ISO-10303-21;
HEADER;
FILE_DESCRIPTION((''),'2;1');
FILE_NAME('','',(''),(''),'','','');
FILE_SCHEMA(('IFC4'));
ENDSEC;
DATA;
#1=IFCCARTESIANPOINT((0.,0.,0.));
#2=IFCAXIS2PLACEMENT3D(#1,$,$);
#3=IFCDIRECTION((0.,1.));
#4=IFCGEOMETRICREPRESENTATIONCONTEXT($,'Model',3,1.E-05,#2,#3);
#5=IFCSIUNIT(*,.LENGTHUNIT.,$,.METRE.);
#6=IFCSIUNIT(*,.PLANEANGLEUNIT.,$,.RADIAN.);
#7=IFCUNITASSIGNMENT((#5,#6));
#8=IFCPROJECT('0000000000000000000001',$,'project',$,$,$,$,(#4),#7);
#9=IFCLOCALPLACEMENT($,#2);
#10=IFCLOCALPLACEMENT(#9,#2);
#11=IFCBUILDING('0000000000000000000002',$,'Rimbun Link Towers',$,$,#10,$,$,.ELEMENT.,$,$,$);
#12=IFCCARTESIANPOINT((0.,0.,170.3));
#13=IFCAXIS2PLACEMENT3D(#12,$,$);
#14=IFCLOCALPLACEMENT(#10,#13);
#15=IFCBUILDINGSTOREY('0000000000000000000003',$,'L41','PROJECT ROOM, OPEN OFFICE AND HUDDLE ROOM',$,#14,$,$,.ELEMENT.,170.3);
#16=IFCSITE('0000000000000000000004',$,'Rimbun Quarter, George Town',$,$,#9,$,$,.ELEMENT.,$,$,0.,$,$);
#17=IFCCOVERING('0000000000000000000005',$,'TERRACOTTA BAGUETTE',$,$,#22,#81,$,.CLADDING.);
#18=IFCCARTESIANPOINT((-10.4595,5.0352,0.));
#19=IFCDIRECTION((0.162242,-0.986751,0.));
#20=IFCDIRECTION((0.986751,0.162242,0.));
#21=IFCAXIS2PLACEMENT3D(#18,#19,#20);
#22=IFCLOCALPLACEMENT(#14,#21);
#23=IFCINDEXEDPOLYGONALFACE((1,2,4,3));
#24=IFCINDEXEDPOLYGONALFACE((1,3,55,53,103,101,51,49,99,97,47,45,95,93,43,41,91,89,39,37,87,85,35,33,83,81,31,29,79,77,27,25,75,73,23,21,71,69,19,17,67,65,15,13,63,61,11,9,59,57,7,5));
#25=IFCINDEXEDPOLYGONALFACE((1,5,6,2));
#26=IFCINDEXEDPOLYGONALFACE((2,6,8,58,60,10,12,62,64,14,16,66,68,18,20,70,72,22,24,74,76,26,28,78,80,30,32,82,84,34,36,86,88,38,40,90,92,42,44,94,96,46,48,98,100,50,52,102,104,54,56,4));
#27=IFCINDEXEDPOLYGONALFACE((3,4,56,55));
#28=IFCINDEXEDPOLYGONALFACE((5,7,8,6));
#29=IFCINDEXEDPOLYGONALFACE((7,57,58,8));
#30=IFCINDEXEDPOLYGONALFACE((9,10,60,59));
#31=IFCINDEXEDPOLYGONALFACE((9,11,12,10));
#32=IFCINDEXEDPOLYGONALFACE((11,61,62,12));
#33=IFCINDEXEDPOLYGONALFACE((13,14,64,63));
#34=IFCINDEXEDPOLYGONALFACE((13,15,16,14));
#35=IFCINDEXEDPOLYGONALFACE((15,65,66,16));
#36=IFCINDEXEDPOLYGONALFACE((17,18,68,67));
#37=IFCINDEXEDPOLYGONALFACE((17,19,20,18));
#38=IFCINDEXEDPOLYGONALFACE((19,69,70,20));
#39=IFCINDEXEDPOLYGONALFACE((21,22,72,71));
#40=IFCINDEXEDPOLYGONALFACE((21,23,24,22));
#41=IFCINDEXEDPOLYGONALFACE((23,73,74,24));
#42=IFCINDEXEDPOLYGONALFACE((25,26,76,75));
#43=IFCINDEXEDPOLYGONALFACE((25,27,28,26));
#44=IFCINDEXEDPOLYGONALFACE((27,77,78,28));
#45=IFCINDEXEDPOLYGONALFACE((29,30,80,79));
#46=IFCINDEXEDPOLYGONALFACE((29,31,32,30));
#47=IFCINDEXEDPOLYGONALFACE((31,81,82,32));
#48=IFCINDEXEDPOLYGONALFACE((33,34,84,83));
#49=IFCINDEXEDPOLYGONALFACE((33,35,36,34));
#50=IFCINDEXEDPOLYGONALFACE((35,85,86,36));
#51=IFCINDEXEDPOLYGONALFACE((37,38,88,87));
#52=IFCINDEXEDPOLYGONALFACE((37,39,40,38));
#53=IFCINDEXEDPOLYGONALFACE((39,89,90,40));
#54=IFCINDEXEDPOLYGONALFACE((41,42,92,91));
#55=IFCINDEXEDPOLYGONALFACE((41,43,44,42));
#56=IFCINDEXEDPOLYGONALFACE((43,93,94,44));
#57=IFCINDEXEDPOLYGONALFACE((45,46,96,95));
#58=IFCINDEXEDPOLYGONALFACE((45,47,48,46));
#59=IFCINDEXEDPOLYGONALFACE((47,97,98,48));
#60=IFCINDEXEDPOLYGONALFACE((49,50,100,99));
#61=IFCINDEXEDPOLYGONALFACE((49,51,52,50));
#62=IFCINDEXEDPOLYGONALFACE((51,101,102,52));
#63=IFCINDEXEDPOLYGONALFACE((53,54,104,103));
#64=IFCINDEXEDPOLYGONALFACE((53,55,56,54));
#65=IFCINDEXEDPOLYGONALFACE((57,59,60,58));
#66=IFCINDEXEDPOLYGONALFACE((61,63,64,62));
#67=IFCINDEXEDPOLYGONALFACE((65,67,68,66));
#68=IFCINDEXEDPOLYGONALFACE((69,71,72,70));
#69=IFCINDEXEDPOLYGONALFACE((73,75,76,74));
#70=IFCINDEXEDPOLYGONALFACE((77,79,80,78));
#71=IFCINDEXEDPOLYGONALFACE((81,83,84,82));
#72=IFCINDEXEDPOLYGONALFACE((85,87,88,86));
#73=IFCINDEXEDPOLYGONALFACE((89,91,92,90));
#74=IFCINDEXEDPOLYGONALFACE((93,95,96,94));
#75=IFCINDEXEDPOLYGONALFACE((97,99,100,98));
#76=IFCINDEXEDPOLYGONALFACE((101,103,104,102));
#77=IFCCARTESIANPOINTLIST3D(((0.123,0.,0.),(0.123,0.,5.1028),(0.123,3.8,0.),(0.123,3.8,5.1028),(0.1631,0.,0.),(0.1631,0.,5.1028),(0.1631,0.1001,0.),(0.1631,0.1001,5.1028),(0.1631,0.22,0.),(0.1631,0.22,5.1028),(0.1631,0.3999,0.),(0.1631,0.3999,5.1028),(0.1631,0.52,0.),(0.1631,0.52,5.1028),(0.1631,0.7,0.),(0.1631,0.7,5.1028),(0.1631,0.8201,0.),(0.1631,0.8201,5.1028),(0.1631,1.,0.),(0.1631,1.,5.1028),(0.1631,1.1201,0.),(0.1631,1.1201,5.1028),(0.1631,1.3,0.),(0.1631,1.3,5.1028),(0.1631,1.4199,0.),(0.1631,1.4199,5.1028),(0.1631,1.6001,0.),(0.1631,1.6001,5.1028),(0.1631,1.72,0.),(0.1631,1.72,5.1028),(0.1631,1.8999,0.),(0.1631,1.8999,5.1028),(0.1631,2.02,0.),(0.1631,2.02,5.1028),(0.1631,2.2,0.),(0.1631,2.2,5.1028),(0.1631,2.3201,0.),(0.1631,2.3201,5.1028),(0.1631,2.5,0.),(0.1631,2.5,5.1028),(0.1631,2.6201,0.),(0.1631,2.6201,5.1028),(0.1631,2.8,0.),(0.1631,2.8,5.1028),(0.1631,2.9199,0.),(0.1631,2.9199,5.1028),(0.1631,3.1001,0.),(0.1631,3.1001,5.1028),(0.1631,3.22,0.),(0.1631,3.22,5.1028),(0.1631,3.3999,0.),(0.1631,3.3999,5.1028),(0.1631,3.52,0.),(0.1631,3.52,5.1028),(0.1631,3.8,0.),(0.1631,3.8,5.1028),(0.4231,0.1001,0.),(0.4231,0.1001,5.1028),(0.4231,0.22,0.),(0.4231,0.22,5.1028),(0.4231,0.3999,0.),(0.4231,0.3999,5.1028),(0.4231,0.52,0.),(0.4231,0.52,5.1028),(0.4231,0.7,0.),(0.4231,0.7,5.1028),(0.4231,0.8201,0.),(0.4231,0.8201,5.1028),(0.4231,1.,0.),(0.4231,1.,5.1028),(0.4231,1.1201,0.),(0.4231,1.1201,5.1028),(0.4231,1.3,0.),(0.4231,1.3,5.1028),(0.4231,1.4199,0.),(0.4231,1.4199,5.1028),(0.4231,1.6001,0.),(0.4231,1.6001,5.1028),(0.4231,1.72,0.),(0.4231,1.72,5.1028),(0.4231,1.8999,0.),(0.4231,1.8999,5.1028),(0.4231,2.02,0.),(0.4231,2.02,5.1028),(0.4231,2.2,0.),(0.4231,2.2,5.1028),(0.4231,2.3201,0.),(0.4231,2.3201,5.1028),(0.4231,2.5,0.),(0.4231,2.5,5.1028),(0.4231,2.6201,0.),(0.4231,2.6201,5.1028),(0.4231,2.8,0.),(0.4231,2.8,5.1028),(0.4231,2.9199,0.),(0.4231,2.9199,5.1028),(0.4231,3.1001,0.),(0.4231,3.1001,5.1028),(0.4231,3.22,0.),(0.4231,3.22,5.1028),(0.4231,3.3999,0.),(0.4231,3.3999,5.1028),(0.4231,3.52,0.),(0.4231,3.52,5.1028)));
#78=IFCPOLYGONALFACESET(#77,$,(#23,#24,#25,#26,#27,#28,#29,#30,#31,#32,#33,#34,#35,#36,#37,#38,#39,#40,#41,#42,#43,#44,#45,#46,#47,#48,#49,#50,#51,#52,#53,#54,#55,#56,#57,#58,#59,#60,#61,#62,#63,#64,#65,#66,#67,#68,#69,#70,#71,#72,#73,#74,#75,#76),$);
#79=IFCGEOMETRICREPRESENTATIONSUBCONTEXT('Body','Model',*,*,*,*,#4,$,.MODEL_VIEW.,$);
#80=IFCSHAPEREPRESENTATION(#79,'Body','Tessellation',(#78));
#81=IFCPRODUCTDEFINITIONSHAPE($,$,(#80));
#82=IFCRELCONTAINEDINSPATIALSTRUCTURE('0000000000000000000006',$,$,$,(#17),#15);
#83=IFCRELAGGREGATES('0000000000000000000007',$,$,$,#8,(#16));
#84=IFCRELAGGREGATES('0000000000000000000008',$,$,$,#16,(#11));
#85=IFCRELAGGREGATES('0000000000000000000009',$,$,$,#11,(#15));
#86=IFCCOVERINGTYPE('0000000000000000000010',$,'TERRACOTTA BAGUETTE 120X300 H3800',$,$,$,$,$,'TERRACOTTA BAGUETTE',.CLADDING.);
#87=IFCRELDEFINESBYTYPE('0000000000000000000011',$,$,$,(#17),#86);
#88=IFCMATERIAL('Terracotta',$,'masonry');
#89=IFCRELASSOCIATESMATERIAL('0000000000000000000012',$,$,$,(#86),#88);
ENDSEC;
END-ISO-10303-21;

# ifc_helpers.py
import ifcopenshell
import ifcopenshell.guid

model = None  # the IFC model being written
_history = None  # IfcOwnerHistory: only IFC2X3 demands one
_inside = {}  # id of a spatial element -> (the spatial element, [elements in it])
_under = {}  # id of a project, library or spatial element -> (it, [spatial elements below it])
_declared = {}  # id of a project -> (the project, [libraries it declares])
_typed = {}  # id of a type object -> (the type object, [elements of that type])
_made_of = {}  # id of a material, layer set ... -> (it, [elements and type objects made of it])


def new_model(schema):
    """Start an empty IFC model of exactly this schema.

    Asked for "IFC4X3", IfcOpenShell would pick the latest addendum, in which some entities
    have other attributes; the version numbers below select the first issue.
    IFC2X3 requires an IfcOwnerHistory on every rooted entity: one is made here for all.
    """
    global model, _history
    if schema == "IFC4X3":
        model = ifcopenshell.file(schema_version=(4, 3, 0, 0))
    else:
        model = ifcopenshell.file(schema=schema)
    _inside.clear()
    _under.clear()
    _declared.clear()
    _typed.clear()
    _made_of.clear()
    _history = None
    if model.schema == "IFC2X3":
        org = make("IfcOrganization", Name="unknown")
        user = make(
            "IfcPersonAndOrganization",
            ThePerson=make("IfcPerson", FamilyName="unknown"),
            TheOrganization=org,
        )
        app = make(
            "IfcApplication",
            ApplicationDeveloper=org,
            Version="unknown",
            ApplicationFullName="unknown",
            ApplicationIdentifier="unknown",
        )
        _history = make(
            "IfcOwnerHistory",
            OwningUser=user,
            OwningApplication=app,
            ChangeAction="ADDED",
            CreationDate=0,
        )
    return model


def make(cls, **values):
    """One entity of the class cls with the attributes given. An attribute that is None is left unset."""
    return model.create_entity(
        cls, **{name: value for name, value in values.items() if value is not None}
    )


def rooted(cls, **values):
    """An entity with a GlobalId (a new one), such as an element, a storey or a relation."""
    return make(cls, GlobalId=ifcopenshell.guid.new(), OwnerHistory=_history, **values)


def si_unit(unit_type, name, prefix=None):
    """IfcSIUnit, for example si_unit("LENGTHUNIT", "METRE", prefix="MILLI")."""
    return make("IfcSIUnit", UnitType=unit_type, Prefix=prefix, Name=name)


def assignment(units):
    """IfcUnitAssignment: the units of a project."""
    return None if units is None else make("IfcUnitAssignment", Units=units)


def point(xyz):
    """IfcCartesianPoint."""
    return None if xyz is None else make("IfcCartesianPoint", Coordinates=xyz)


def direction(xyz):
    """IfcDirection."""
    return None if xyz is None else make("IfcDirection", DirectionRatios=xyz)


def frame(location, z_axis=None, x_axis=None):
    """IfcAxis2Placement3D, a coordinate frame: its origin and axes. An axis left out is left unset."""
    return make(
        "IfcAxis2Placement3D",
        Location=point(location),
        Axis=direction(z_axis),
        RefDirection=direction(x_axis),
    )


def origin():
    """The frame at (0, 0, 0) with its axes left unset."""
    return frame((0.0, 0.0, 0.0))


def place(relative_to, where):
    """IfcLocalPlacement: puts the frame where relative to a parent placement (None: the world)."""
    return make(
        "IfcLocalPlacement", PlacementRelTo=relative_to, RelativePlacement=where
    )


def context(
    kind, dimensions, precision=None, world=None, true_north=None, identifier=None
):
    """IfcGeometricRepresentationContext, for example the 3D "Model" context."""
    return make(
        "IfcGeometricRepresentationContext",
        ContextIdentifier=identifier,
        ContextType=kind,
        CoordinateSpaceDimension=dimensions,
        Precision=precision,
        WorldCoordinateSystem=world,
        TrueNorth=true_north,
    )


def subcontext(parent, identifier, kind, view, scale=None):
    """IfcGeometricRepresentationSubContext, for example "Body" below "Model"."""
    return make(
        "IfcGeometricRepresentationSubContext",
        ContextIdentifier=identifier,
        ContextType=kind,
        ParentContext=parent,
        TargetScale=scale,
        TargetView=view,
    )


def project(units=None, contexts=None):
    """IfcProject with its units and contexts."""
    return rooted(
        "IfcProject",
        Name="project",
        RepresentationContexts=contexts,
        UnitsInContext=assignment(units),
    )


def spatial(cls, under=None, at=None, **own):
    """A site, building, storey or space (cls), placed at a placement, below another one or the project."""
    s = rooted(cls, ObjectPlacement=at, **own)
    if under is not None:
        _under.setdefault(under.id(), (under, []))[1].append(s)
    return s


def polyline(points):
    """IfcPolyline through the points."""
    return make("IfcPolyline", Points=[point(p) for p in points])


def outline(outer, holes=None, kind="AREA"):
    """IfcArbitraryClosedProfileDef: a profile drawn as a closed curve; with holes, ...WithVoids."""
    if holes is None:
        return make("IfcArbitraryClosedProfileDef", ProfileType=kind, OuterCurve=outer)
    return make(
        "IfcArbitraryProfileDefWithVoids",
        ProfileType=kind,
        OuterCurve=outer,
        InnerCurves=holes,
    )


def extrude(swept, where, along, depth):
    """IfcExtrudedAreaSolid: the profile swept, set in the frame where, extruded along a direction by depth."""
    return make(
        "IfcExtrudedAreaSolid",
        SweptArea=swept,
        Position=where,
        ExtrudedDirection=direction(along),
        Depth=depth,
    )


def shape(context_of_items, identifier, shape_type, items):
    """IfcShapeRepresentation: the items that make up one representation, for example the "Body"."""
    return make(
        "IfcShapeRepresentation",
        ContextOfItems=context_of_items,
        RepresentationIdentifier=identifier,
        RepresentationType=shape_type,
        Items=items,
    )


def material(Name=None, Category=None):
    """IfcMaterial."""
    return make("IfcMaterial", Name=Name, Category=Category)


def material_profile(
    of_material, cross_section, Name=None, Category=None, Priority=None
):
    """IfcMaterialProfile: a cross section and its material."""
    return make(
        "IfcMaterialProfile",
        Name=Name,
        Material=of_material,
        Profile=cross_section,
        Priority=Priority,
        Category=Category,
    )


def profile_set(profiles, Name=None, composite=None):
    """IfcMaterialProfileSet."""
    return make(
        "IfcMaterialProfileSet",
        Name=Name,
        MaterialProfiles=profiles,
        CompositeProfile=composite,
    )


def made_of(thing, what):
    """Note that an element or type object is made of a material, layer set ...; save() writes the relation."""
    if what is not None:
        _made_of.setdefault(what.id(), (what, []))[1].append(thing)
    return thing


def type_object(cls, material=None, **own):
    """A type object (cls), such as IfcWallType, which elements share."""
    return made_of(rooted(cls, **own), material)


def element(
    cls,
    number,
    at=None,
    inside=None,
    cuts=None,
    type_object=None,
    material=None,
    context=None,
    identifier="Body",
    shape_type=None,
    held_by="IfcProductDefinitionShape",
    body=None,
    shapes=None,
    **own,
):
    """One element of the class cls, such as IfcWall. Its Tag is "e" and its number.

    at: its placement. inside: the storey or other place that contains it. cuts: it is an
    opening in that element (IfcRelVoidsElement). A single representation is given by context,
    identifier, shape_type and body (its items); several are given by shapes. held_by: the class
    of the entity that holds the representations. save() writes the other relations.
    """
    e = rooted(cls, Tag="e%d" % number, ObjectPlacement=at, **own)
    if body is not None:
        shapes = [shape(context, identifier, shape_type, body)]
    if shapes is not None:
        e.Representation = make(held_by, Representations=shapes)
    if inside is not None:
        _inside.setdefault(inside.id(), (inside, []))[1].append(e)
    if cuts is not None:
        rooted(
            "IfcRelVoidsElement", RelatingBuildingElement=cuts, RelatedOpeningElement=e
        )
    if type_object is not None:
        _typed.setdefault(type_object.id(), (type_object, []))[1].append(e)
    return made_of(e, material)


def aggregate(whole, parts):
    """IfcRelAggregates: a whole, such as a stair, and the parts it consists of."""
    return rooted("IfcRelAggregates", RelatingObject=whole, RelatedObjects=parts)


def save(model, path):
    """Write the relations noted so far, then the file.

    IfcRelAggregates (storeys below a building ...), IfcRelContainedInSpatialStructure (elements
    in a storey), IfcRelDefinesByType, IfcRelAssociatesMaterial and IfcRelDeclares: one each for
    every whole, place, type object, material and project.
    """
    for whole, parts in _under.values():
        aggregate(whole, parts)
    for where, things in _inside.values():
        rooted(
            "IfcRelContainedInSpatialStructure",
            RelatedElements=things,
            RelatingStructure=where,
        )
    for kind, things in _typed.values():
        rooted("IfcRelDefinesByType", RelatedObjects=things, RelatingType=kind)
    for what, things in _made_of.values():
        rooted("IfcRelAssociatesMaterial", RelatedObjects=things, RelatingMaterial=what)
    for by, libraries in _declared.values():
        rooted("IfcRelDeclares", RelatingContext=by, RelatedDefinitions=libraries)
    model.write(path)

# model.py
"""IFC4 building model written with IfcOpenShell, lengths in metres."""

from ifc_helpers import new_model, si_unit, direction, frame, origin, place, context, subcontext, project, spatial, polyline, outline, extrude, material, material_profile, profile_set, type_object, element, save


model = new_model("IFC4")

# Units and contexts
model_context = context("Model", 3, precision=1e-05, world=origin(), true_north=direction((0.0, 1.0)))
body_context = subcontext(model_context, "Body", "Model", "MODEL_VIEW")
ifc_project = project(units=[si_unit("LENGTHUNIT", "METRE"), si_unit("PLANEANGLEUNIT", "RADIAN")], contexts=[model_context])

# Site, building, storey
site_placement = place(None, origin())
site = spatial("IfcSite", under=ifc_project, at=site_placement, Name="Rimbun Quarter, George Town", CompositionType="ELEMENT", RefElevation=0.0)
building_placement = place(site_placement, origin())
building = spatial("IfcBuilding", under=site, at=building_placement, Name="Rimbun Link Towers", CompositionType="ELEMENT")
storey_placement = place(building_placement, frame((0.0, 0.0, 170.3)))
storey = spatial("IfcBuildingStorey", under=building, at=storey_placement, Name="L41", Description="PROJECT ROOM, OPEN OFFICE AND HUDDLE ROOM", CompositionType="ELEMENT", Elevation=170.3)

# Covering
ifc_material_1 = material(Name="Terracotta", Category="masonry")
ifc_material_profile_1 = material_profile(ifc_material_1, outline(polyline([(0.123, 0.0), (0.1631, 0.0), (0.1631, 0.1001), (0.4231, 0.1001), (0.4231, 0.22), (0.1631, 0.22), (0.1631, 0.3999), (0.4231, 0.3999), (0.4231, 0.52), (0.1631, 0.52), (0.1631, 0.7), (0.4231, 0.7), (0.4231, 0.8201), (0.1631, 0.8201), (0.1631, 1.0), (0.4231, 1.0), (0.4231, 1.1201), (0.1631, 1.1201), (0.1631, 1.3), (0.4231, 1.3), (0.4231, 1.4199), (0.1631, 1.4199), (0.1631, 1.6001), (0.4231, 1.6001), (0.4231, 1.72), (0.1631, 1.72), (0.1631, 1.8999), (0.4231, 1.8999), (0.4231, 2.02), (0.1631, 2.02), (0.1631, 2.2), (0.4231, 2.2), (0.4231, 2.3201), (0.1631, 2.3201), (0.1631, 2.5), (0.4231, 2.5), (0.4231, 2.6201), (0.1631, 2.6201), (0.1631, 2.8), (0.4231, 2.8), (0.4231, 2.9199), (0.1631, 2.9199), (0.1631, 3.1001), (0.4231, 3.1001), (0.4231, 3.22), (0.1631, 3.22), (0.1631, 3.3999), (0.4231, 3.3999), (0.4231, 3.52), (0.1631, 3.52), (0.1631, 3.8), (0.123, 3.8), (0.123, 0.0)])), Name="BAGUETTE 120X300")
ifc_profile_set_1 = profile_set([ifc_material_profile_1], Name="Terracotta")
covering_type_1 = type_object("IfcCoveringType", Name="TERRACOTTA BAGUETTE 120X300 H3800", ElementType="TERRACOTTA BAGUETTE", PredefinedType="CLADDING", material=ifc_profile_set_1)
covering_1_placement = place(storey_placement, frame((-10.4595, 5.0352, 0.0), z_axis=(0.162242, -0.986751, 0.0), x_axis=(0.986751, 0.162242, 0.0)))
element("IfcCovering", 1, at=covering_1_placement, inside=storey, type_object=covering_type_1, Name="TERRACOTTA BAGUETTE", PredefinedType="CLADDING", context=body_context, shape_type="SweptSolid", body=[
    extrude(outline(polyline([(0.123, 0.0), (0.1631, 0.0), (0.1631, 0.1001), (0.4231, 0.1001), (0.4231, 0.22), (0.1631, 0.22), (0.1631, 0.3999), (0.4231, 0.3999), (0.4231, 0.52), (0.1631, 0.52), (0.1631, 0.7), (0.4231, 0.7), (0.4231, 0.8201), (0.1631, 0.8201), (0.1631, 1.0), (0.4231, 1.0), (0.4231, 1.1201), (0.1631, 1.1201), (0.1631, 1.3), (0.4231, 1.3), (0.4231, 1.4199), (0.1631, 1.4199), (0.1631, 1.6001), (0.4231, 1.6001), (0.4231, 1.72), (0.1631, 1.72), (0.1631, 1.8999), (0.4231, 1.8999), (0.4231, 2.02), (0.1631, 2.02), (0.1631, 2.2), (0.4231, 2.2), (0.4231, 2.3201), (0.1631, 2.3201), (0.1631, 2.5), (0.4231, 2.5), (0.4231, 2.6201), (0.1631, 2.6201), (0.1631, 2.8), (0.4231, 2.8), (0.4231, 2.9199), (0.1631, 2.9199), (0.1631, 3.1001), (0.4231, 3.1001), (0.4231, 3.22), (0.1631, 3.22), (0.1631, 3.3999), (0.4231, 3.3999), (0.4231, 3.52), (0.1631, 3.52), (0.1631, 3.8), (0.123, 3.8), (0.123, 0.0)])), origin(), (0.0, 0.0, 1.0), 5.1028),
])

save(model, "model.ifc")
